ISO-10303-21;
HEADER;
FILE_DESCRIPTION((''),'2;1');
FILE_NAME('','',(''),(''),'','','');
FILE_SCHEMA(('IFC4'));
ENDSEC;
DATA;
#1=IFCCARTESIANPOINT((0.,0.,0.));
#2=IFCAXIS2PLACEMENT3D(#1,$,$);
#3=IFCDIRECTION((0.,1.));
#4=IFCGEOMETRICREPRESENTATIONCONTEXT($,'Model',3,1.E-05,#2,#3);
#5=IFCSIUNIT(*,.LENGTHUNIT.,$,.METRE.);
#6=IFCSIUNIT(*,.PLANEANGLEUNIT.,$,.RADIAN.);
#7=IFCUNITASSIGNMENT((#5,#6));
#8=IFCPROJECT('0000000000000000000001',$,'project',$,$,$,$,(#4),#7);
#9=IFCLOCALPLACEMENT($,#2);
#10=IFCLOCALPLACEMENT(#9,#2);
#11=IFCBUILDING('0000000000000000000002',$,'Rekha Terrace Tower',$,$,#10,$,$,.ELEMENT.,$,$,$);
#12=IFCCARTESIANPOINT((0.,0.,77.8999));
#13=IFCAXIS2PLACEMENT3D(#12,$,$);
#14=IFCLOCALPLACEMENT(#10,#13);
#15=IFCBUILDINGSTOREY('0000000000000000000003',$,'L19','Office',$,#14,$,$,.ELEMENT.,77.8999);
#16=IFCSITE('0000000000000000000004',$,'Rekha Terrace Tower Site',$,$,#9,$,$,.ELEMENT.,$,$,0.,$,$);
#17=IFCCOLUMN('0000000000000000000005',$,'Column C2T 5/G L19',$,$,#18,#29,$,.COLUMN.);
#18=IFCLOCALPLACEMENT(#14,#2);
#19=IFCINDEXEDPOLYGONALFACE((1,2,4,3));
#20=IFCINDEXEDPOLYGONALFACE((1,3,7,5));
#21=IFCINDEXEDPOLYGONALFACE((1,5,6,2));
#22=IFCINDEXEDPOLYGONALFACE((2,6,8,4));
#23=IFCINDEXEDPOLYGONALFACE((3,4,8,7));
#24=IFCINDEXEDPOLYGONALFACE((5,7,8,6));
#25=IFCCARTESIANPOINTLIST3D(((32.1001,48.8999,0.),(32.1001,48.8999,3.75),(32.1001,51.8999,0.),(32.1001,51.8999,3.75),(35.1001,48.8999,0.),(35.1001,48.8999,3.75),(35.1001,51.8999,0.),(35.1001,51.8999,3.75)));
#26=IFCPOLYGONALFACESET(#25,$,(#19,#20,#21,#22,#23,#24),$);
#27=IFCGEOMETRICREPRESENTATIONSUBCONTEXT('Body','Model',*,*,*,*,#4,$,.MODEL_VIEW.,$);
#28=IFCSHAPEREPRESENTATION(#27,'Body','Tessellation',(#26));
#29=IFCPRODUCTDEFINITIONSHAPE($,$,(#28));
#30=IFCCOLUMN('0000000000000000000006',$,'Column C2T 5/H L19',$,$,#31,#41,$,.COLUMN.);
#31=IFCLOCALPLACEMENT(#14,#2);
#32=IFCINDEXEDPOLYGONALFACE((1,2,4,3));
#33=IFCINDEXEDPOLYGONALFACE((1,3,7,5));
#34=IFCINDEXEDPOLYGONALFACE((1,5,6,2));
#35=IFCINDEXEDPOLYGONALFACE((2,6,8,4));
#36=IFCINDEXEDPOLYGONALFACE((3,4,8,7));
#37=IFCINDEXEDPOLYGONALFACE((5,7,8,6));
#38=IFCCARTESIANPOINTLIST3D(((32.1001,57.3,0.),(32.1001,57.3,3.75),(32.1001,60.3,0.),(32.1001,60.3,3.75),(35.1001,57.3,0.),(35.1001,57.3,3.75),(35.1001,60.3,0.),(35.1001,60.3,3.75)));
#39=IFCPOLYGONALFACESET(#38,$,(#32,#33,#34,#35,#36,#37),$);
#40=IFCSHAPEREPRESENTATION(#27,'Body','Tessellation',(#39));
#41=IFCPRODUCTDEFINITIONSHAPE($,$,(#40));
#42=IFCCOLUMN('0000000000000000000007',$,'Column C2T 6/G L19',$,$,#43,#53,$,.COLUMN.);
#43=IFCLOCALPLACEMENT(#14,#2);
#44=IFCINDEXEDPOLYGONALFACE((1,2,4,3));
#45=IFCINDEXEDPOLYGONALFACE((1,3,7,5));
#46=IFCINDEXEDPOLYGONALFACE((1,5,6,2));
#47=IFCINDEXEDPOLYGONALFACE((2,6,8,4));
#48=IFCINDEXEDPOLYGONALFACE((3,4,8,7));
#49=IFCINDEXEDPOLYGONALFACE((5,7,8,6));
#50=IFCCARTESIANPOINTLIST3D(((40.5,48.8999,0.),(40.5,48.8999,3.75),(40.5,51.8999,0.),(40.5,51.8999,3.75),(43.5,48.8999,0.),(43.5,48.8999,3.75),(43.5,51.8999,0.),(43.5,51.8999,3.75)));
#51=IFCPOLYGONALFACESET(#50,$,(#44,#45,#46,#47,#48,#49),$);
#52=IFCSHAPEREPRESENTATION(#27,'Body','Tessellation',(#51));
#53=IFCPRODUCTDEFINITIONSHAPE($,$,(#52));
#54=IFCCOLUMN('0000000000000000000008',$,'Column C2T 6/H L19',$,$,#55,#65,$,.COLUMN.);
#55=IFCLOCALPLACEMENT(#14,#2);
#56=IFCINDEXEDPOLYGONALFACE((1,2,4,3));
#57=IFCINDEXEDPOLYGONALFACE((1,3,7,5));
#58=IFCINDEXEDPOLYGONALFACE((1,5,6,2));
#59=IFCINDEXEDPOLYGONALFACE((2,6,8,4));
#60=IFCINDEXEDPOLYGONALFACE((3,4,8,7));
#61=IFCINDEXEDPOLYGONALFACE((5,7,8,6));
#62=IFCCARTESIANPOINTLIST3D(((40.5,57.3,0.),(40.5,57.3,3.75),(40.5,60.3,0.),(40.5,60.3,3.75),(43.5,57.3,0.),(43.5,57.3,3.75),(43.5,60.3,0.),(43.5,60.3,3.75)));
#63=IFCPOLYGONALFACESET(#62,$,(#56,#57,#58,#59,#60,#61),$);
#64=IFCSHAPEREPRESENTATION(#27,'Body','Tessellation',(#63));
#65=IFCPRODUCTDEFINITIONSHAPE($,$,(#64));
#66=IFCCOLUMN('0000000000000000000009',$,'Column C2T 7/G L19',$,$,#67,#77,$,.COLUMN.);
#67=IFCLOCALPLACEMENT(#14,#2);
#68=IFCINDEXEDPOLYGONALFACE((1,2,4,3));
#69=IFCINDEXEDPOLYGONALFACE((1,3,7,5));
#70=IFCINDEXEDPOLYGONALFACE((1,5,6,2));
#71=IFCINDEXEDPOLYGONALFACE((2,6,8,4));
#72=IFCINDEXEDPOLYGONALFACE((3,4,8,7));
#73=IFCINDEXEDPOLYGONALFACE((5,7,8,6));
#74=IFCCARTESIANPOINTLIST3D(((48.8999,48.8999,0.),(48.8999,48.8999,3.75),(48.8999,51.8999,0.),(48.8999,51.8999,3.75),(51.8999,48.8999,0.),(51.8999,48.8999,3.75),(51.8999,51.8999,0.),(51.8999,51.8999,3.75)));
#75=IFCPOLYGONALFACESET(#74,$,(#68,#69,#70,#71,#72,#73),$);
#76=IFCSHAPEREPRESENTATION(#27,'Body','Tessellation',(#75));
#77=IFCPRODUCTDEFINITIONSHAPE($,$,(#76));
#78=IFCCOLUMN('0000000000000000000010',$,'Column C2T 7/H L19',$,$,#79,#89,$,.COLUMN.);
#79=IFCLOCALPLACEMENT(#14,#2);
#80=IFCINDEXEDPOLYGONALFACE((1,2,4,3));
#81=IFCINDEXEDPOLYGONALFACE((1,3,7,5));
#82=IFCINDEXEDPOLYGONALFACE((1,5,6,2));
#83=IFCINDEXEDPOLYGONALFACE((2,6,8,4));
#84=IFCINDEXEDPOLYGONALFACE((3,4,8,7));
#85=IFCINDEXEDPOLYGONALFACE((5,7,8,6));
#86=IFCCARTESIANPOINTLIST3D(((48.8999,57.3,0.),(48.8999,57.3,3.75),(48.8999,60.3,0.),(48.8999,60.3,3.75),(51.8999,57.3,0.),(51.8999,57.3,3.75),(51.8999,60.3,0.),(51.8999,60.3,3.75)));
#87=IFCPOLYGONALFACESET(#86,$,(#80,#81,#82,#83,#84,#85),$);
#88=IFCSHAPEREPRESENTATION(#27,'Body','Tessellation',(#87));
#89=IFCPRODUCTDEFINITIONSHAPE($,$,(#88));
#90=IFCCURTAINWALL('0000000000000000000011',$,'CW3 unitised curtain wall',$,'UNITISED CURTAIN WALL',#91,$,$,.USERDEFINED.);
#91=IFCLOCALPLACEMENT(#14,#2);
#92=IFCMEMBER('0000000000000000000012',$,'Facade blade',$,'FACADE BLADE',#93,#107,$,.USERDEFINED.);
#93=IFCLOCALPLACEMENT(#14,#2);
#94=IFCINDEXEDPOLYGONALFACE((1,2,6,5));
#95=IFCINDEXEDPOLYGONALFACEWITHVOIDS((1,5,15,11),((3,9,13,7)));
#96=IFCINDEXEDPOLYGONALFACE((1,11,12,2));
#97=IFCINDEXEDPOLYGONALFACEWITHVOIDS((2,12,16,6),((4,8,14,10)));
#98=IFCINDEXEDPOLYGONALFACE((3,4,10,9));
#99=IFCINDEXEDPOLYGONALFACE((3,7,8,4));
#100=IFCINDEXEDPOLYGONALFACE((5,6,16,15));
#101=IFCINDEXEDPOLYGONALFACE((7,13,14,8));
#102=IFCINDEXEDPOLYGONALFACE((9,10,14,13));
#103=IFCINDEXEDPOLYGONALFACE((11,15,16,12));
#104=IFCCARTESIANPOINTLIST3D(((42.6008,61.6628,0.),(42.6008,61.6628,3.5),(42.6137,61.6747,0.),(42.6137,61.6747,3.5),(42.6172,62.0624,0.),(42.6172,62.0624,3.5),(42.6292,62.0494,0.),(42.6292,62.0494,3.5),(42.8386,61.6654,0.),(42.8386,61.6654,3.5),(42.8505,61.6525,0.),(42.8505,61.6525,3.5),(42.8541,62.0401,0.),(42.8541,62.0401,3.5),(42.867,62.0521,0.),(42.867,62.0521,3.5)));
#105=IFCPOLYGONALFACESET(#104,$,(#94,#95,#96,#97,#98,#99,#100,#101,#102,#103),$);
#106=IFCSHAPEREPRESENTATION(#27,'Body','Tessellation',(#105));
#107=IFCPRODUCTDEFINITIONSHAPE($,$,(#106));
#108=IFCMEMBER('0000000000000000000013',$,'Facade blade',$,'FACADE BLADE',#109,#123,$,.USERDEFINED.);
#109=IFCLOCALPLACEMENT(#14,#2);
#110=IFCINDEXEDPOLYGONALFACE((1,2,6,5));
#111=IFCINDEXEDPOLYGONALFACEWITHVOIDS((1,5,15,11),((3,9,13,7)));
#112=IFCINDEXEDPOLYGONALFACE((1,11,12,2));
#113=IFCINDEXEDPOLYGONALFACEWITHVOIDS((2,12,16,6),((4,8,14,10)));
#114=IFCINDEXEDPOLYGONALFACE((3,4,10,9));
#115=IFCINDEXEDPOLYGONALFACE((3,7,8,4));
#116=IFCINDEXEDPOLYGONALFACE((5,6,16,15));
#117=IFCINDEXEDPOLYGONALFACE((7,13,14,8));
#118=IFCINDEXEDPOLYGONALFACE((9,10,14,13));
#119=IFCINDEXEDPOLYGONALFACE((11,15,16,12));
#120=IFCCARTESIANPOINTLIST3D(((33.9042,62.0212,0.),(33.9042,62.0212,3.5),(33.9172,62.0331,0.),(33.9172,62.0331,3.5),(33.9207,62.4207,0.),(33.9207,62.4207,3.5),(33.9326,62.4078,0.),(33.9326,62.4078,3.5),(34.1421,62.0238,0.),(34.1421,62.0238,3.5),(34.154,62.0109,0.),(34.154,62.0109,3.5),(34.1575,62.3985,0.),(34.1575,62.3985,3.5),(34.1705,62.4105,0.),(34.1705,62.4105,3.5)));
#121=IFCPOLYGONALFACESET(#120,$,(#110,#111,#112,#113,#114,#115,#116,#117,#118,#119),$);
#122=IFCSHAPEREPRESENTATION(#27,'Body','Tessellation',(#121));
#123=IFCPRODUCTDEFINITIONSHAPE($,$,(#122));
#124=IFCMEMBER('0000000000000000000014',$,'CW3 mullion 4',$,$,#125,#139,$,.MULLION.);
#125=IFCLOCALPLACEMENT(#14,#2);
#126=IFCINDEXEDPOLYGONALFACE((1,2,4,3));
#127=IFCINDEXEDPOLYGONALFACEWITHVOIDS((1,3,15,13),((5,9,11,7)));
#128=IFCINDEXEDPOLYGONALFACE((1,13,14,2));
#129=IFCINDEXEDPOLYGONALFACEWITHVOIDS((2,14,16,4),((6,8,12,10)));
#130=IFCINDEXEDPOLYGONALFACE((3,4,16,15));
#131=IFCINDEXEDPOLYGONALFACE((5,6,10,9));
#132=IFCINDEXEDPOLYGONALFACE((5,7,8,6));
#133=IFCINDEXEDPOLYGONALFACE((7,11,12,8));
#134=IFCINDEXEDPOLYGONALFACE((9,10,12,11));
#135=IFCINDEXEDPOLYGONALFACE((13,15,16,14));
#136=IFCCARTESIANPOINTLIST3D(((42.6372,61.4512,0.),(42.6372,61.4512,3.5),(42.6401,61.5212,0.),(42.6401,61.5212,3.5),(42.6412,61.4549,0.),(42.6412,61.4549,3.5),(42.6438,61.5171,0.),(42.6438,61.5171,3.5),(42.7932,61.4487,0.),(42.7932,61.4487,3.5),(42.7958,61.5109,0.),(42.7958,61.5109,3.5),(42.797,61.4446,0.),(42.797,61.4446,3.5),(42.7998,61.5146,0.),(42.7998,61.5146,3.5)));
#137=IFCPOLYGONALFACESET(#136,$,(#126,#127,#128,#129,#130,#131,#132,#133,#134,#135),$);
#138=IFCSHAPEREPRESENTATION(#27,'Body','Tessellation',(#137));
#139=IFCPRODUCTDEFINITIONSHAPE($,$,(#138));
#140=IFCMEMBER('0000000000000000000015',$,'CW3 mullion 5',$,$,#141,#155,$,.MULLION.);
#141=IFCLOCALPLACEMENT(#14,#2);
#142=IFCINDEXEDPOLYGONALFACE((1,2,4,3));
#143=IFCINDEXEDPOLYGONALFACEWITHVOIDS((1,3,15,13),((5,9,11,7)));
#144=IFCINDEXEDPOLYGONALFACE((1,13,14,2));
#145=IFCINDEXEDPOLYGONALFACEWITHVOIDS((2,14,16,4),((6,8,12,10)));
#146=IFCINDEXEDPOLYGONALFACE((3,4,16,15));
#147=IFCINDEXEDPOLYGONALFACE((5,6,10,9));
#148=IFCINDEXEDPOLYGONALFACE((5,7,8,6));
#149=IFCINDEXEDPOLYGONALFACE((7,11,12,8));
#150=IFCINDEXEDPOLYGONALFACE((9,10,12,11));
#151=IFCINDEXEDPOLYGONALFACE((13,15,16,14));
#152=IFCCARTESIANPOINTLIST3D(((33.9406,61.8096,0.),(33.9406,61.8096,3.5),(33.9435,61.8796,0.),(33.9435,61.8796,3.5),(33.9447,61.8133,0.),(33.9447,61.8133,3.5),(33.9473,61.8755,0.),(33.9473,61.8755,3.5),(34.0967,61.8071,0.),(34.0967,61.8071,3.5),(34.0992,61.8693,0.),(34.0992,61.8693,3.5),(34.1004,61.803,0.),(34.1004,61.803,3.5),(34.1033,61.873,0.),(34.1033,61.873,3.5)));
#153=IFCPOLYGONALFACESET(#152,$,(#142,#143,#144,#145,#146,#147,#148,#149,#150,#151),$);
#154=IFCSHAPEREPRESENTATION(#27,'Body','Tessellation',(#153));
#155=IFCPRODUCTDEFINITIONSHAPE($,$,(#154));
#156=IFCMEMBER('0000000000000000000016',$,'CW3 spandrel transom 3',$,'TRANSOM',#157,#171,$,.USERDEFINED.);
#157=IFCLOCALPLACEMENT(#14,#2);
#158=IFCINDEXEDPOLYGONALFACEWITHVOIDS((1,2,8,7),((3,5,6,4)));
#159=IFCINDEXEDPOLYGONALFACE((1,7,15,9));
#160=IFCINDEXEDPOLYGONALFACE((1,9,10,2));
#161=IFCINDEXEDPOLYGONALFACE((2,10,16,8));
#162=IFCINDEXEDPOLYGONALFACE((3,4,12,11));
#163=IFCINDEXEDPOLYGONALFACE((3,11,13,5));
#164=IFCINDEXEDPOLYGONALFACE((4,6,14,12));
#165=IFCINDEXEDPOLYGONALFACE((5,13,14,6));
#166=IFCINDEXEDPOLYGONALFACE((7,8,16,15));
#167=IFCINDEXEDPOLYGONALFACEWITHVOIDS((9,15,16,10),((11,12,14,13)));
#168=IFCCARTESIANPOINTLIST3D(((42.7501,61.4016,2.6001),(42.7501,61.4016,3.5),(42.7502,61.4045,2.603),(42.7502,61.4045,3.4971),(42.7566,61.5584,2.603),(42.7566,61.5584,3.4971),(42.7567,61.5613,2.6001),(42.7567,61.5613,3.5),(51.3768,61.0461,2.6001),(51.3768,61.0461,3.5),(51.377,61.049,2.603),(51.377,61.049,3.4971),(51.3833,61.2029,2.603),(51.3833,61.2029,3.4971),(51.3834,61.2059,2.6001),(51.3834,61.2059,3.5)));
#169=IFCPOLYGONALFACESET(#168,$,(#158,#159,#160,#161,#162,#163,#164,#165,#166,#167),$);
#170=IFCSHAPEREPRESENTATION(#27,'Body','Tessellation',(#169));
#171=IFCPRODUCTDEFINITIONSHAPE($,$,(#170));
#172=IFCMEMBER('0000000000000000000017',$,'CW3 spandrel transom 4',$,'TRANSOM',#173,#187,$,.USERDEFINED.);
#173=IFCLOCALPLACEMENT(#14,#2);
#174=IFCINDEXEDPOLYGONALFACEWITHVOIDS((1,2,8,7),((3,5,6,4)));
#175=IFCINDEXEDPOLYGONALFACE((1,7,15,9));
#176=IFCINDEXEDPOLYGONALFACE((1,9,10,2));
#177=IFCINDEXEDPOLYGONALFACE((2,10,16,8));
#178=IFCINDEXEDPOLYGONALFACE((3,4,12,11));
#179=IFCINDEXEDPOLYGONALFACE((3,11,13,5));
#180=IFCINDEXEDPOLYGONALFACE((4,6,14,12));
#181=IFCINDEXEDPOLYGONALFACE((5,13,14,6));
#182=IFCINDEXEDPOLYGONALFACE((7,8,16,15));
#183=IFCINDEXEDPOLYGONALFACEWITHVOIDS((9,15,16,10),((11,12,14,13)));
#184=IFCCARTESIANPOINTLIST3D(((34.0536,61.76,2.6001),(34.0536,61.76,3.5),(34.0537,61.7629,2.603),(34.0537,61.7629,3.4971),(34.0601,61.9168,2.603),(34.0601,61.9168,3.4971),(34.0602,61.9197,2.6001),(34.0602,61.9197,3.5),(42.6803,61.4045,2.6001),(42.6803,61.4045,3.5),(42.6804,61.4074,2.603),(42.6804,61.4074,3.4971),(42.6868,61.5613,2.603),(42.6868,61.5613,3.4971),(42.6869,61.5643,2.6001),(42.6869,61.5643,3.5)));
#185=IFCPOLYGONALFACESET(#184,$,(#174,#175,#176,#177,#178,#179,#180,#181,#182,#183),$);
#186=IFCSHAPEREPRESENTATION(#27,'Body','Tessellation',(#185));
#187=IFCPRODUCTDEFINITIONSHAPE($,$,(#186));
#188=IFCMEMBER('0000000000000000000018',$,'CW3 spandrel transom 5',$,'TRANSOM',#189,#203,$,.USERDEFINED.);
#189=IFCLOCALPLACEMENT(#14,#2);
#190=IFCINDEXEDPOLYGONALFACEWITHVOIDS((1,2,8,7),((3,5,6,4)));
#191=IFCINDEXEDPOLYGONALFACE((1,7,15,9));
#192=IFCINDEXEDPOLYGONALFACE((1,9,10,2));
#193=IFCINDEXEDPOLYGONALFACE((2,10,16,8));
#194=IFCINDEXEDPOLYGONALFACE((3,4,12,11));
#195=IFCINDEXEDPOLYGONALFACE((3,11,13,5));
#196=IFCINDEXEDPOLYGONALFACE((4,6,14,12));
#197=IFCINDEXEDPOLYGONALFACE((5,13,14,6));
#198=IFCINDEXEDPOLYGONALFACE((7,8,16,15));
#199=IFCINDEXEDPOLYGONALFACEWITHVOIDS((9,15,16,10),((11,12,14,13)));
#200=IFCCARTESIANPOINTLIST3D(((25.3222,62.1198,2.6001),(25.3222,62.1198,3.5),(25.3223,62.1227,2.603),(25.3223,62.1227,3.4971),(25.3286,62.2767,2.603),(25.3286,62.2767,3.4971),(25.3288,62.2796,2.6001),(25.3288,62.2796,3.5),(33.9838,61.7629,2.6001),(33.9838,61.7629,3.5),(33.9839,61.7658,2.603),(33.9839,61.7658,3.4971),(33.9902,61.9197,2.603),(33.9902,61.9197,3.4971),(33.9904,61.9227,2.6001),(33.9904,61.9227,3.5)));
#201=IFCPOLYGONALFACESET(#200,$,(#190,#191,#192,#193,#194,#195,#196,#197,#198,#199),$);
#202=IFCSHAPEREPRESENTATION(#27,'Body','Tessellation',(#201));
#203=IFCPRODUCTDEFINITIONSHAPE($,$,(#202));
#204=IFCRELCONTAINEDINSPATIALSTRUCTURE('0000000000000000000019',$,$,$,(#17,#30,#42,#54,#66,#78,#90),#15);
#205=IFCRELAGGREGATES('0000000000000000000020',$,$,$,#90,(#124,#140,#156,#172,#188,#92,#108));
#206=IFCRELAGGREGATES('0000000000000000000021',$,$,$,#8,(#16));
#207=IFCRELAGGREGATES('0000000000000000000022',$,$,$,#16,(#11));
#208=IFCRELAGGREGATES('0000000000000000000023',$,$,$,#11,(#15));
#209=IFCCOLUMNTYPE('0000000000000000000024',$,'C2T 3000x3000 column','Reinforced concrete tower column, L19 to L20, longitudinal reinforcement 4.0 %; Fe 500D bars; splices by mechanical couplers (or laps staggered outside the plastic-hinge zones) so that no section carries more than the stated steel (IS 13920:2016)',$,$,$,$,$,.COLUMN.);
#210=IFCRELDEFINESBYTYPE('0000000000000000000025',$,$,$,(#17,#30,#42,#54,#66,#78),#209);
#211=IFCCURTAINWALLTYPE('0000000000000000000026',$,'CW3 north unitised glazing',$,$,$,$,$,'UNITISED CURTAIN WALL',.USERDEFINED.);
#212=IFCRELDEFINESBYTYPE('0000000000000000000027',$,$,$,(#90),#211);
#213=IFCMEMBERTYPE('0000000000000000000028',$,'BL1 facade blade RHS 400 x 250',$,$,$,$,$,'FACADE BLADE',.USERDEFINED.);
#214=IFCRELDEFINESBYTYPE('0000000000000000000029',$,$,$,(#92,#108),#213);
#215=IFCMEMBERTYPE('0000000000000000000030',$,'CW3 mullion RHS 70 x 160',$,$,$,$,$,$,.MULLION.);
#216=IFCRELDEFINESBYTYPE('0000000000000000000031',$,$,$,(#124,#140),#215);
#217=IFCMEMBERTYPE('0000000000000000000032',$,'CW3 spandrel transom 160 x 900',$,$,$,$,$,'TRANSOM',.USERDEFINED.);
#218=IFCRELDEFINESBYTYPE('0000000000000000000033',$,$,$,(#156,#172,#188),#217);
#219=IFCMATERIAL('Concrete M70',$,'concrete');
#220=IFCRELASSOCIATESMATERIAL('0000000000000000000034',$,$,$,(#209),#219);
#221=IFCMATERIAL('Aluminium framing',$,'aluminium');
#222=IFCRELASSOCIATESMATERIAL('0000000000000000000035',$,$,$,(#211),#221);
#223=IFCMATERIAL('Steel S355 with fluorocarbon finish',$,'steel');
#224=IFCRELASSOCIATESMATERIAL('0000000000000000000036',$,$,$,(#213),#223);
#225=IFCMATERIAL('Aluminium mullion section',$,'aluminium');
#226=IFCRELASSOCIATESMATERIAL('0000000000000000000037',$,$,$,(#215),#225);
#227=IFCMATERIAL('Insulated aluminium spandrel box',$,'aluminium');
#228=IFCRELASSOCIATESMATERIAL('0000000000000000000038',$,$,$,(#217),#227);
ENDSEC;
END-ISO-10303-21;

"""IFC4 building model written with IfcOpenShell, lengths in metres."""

from ifc_helpers import new_model, si_unit, direction, frame, origin, origin_2d, place, context, subcontext, project, spatial, rectangle, hollow_rectangle, extrude, material, material_profile, profile_set, type_object, element, aggregate, save


model = new_model("IFC4")

# Units and contexts
model_context = context("Model", 3, precision=1e-05, world=origin(), true_north=direction((0.0, 1.0)))
body_context = subcontext(model_context, "Body", "Model", "MODEL_VIEW")
ifc_project = project(units=[si_unit("LENGTHUNIT", "METRE"), si_unit("PLANEANGLEUNIT", "RADIAN")], contexts=[model_context])

# Site, building, storey
site_placement = place(None, origin())
site = spatial("IfcSite", under=ifc_project, at=site_placement, Name="Rekha Terrace Tower Site", CompositionType="ELEMENT", RefElevation=0.0)
building_placement = place(site_placement, origin())
building = spatial("IfcBuilding", under=site, at=building_placement, Name="Rekha Terrace Tower", CompositionType="ELEMENT")
storey_placement = place(building_placement, frame((0.0, 0.0, 77.8999)))
storey = spatial("IfcBuildingStorey", under=building, at=storey_placement, Name="L19", Description="Office", CompositionType="ELEMENT", Elevation=77.8999)

# Columns
ifc_material_1 = material(Name="Concrete M70", Category="concrete")
ifc_material_profile_1 = material_profile(ifc_material_1, rectangle(XDim=3.0, YDim=3.0, at=origin_2d()), Name="RC 3000x3000")
ifc_profile_set_1 = profile_set([ifc_material_profile_1], Name="Concrete M70")
column_type = type_object("IfcColumnType", Name="C2T 3000x3000 column", Description="Reinforced concrete tower column, L19 to L20, longitudinal reinforcement 4.0 %; Fe 500D bars; splices by mechanical couplers (or laps staggered outside the plastic-hinge zones) so that no section carries more than the stated steel (IS 13920:2016)", PredefinedType="COLUMN", material=ifc_profile_set_1)
for number, where, z_axis, x_axis, name in (
    (1, (33.6001, 50.3999, 0.0), (0.0, 0.0, 1.0), (1.0, 0.0, 0.0), "Column C2T 5/G L19"),
    (2, (33.6001, 58.8, 0.0), (0.0, 0.0, 1.0), (1.0, 0.0, 0.0), "Column C2T 5/H L19"),
    (3, (42.0, 50.3999, 0.0), (0.0, 0.0, 1.0), (1.0, 0.0, 0.0), "Column C2T 6/G L19"),
    (4, (42.0, 58.8, 0.0), (0.0, 0.0, 1.0), (1.0, 0.0, 0.0), "Column C2T 6/H L19"),
    (5, (50.3999, 50.3999, 0.0), (0.0, 0.0, 1.0), (1.0, 0.0, 0.0), "Column C2T 7/G L19"),
    (6, (50.3999, 58.8, 0.0), (0.0, 0.0, 1.0), (1.0, 0.0, 0.0), "Column C2T 7/H L19"),
):
    element("IfcColumn", number, at=place(storey_placement, frame(where, z_axis=z_axis, x_axis=x_axis)), inside=storey, type_object=column_type, Name=name, PredefinedType="COLUMN", context=body_context, shape_type="SweptSolid", body=[
        extrude(rectangle(XDim=3.0, YDim=3.0, at=origin_2d()), origin(), (0.0, 0.0, 1.0), 3.75),
    ])

# Curtain wall, members
ifc_material_2 = material(Name="Aluminium framing", Category="aluminium")
curtain_wall_type = type_object("IfcCurtainWallType", Name="CW3 north unitised glazing", ElementType="UNITISED CURTAIN WALL", PredefinedType="USERDEFINED", material=ifc_material_2)
curtain_wall_placement = place(storey_placement, origin())
curtain_wall = element("IfcCurtainWall", 7, at=curtain_wall_placement, inside=storey, type_object=curtain_wall_type, Name="CW3 unitised curtain wall", ObjectType="UNITISED CURTAIN WALL", PredefinedType="USERDEFINED")
ifc_material_3 = material(Name="Steel S355 with fluorocarbon finish", Category="steel")
ifc_material_profile_2 = material_profile(ifc_material_3, hollow_rectangle(XDim=0.25, YDim=0.3999, WallThickness=0.0125, at=origin_2d()), Name="RHS400x250x12.5")
ifc_profile_set_2 = profile_set([ifc_material_profile_2], Name="Steel S355 with fluorocarbon finish")
member_type_1 = type_object("IfcMemberType", Name="BL1 facade blade RHS 400 x 250", ElementType="FACADE BLADE", PredefinedType="USERDEFINED", material=ifc_profile_set_2)
member_1_placement = place(storey_placement, frame((42.7339, 61.8574, 0.0), z_axis=(0.0, 0.0, 1.0), x_axis=(-0.999152, 0.041175, 0.0)))
member_1 = element("IfcMember", 8, at=member_1_placement, type_object=member_type_1, Name="Facade blade", ObjectType="FACADE BLADE", PredefinedType="USERDEFINED", context=body_context, shape_type="SweptSolid", body=[
    extrude(hollow_rectangle(XDim=0.25, YDim=0.3999, WallThickness=0.0125, at=origin_2d()), origin(), (0.0, 0.0, 1.0), 3.5),
])
member_2_placement = place(storey_placement, frame((34.0374, 62.2158, 0.0), z_axis=(0.0, 0.0, 1.0), x_axis=(-0.999152, 0.041175, 0.0)))
member_2 = element("IfcMember", 9, at=member_2_placement, type_object=member_type_1, Name="Facade blade", ObjectType="FACADE BLADE", PredefinedType="USERDEFINED", context=body_context, shape_type="SweptSolid", body=[
    extrude(hollow_rectangle(XDim=0.25, YDim=0.3999, WallThickness=0.0125, at=origin_2d()), origin(), (0.0, 0.0, 1.0), 3.5),
])
ifc_material_4 = material(Name="Aluminium mullion section", Category="aluminium")
ifc_material_profile_3 = material_profile(ifc_material_4, hollow_rectangle(XDim=0.0701, YDim=0.1599, WallThickness=0.0039, at=origin_2d()), Name="AL RHS 70x160")
ifc_profile_set_3 = profile_set([ifc_material_profile_3], Name="Aluminium mullion section")
member_type_2 = type_object("IfcMemberType", Name="CW3 mullion RHS 70 x 160", PredefinedType="MULLION", material=ifc_profile_set_3)
member_3_placement = place(storey_placement, frame((42.7185, 61.4829, 0.0), z_axis=(0.0, 0.0, 1.0), x_axis=(-0.041174, -0.999152, 0.0)))
member_3 = element("IfcMember", 10, at=member_3_placement, type_object=member_type_2, Name="CW3 mullion 4", PredefinedType="MULLION", context=body_context, shape_type="SweptSolid", body=[
    extrude(hollow_rectangle(XDim=0.0701, YDim=0.1599, WallThickness=0.0039, at=origin_2d()), origin(), (0.0, 0.0, 1.0), 3.5),
])
member_4_placement = place(storey_placement, frame((34.022, 61.8413, 0.0), z_axis=(0.0, 0.0, 1.0), x_axis=(-0.041174, -0.999152, 0.0)))
member_4 = element("IfcMember", 11, at=member_4_placement, type_object=member_type_2, Name="CW3 mullion 5", PredefinedType="MULLION", context=body_context, shape_type="SweptSolid", body=[
    extrude(hollow_rectangle(XDim=0.0701, YDim=0.1599, WallThickness=0.0039, at=origin_2d()), origin(), (0.0, 0.0, 1.0), 3.5),
])
ifc_material_5 = material(Name="Insulated aluminium spandrel box", Category="aluminium")
ifc_material_profile_4 = material_profile(ifc_material_5, hollow_rectangle(XDim=0.1599, YDim=0.8999, WallThickness=0.0029, at=origin_2d()), Name="AL SPANDREL BOX 160x900")
ifc_profile_set_4 = profile_set([ifc_material_profile_4], Name="Insulated aluminium spandrel box")
member_type_3 = type_object("IfcMemberType", Name="CW3 spandrel transom 160 x 900", ElementType="TRANSOM", PredefinedType="USERDEFINED", material=ifc_profile_set_4)
member_5_placement = place(storey_placement, frame((51.3801, 61.126, 3.05), z_axis=(-0.999152, 0.041171, 0.0), x_axis=(-0.041171, -0.999152, 0.0)))
member_5 = element("IfcMember", 12, at=member_5_placement, type_object=member_type_3, Name="CW3 spandrel transom 3", ObjectType="TRANSOM", PredefinedType="USERDEFINED", context=body_context, shape_type="SweptSolid", body=[
    extrude(hollow_rectangle(XDim=0.1599, YDim=0.8999, WallThickness=0.0029, at=origin_2d()), origin(), (0.0, 0.0, 1.0), 8.634),
])
member_6_placement = place(storey_placement, frame((42.6836, 61.4844, 3.05), z_axis=(-0.999152, 0.041171, 0.0), x_axis=(-0.041171, -0.999152, 0.0)))
member_6 = element("IfcMember", 13, at=member_6_placement, type_object=member_type_3, Name="CW3 spandrel transom 4", ObjectType="TRANSOM", PredefinedType="USERDEFINED", context=body_context, shape_type="SweptSolid", body=[
    extrude(hollow_rectangle(XDim=0.1599, YDim=0.8999, WallThickness=0.0029, at=origin_2d()), origin(), (0.0, 0.0, 1.0), 8.634),
])
member_7_placement = place(storey_placement, frame((33.9871, 61.8428, 3.05), z_axis=(-0.999152, 0.041174, 0.0), x_axis=(-0.041174, -0.999152, 0.0)))
member_7 = element("IfcMember", 14, at=member_7_placement, type_object=member_type_3, Name="CW3 spandrel transom 5", ObjectType="TRANSOM", PredefinedType="USERDEFINED", context=body_context, shape_type="SweptSolid", body=[
    extrude(hollow_rectangle(XDim=0.1599, YDim=0.8999, WallThickness=0.0029, at=origin_2d()), origin(), (0.0, 0.0, 1.0), 8.6689),
])

aggregate(curtain_wall, [member_3, member_4, member_5, member_6, member_7, member_1, member_2])

save(model, "model.ifc")
